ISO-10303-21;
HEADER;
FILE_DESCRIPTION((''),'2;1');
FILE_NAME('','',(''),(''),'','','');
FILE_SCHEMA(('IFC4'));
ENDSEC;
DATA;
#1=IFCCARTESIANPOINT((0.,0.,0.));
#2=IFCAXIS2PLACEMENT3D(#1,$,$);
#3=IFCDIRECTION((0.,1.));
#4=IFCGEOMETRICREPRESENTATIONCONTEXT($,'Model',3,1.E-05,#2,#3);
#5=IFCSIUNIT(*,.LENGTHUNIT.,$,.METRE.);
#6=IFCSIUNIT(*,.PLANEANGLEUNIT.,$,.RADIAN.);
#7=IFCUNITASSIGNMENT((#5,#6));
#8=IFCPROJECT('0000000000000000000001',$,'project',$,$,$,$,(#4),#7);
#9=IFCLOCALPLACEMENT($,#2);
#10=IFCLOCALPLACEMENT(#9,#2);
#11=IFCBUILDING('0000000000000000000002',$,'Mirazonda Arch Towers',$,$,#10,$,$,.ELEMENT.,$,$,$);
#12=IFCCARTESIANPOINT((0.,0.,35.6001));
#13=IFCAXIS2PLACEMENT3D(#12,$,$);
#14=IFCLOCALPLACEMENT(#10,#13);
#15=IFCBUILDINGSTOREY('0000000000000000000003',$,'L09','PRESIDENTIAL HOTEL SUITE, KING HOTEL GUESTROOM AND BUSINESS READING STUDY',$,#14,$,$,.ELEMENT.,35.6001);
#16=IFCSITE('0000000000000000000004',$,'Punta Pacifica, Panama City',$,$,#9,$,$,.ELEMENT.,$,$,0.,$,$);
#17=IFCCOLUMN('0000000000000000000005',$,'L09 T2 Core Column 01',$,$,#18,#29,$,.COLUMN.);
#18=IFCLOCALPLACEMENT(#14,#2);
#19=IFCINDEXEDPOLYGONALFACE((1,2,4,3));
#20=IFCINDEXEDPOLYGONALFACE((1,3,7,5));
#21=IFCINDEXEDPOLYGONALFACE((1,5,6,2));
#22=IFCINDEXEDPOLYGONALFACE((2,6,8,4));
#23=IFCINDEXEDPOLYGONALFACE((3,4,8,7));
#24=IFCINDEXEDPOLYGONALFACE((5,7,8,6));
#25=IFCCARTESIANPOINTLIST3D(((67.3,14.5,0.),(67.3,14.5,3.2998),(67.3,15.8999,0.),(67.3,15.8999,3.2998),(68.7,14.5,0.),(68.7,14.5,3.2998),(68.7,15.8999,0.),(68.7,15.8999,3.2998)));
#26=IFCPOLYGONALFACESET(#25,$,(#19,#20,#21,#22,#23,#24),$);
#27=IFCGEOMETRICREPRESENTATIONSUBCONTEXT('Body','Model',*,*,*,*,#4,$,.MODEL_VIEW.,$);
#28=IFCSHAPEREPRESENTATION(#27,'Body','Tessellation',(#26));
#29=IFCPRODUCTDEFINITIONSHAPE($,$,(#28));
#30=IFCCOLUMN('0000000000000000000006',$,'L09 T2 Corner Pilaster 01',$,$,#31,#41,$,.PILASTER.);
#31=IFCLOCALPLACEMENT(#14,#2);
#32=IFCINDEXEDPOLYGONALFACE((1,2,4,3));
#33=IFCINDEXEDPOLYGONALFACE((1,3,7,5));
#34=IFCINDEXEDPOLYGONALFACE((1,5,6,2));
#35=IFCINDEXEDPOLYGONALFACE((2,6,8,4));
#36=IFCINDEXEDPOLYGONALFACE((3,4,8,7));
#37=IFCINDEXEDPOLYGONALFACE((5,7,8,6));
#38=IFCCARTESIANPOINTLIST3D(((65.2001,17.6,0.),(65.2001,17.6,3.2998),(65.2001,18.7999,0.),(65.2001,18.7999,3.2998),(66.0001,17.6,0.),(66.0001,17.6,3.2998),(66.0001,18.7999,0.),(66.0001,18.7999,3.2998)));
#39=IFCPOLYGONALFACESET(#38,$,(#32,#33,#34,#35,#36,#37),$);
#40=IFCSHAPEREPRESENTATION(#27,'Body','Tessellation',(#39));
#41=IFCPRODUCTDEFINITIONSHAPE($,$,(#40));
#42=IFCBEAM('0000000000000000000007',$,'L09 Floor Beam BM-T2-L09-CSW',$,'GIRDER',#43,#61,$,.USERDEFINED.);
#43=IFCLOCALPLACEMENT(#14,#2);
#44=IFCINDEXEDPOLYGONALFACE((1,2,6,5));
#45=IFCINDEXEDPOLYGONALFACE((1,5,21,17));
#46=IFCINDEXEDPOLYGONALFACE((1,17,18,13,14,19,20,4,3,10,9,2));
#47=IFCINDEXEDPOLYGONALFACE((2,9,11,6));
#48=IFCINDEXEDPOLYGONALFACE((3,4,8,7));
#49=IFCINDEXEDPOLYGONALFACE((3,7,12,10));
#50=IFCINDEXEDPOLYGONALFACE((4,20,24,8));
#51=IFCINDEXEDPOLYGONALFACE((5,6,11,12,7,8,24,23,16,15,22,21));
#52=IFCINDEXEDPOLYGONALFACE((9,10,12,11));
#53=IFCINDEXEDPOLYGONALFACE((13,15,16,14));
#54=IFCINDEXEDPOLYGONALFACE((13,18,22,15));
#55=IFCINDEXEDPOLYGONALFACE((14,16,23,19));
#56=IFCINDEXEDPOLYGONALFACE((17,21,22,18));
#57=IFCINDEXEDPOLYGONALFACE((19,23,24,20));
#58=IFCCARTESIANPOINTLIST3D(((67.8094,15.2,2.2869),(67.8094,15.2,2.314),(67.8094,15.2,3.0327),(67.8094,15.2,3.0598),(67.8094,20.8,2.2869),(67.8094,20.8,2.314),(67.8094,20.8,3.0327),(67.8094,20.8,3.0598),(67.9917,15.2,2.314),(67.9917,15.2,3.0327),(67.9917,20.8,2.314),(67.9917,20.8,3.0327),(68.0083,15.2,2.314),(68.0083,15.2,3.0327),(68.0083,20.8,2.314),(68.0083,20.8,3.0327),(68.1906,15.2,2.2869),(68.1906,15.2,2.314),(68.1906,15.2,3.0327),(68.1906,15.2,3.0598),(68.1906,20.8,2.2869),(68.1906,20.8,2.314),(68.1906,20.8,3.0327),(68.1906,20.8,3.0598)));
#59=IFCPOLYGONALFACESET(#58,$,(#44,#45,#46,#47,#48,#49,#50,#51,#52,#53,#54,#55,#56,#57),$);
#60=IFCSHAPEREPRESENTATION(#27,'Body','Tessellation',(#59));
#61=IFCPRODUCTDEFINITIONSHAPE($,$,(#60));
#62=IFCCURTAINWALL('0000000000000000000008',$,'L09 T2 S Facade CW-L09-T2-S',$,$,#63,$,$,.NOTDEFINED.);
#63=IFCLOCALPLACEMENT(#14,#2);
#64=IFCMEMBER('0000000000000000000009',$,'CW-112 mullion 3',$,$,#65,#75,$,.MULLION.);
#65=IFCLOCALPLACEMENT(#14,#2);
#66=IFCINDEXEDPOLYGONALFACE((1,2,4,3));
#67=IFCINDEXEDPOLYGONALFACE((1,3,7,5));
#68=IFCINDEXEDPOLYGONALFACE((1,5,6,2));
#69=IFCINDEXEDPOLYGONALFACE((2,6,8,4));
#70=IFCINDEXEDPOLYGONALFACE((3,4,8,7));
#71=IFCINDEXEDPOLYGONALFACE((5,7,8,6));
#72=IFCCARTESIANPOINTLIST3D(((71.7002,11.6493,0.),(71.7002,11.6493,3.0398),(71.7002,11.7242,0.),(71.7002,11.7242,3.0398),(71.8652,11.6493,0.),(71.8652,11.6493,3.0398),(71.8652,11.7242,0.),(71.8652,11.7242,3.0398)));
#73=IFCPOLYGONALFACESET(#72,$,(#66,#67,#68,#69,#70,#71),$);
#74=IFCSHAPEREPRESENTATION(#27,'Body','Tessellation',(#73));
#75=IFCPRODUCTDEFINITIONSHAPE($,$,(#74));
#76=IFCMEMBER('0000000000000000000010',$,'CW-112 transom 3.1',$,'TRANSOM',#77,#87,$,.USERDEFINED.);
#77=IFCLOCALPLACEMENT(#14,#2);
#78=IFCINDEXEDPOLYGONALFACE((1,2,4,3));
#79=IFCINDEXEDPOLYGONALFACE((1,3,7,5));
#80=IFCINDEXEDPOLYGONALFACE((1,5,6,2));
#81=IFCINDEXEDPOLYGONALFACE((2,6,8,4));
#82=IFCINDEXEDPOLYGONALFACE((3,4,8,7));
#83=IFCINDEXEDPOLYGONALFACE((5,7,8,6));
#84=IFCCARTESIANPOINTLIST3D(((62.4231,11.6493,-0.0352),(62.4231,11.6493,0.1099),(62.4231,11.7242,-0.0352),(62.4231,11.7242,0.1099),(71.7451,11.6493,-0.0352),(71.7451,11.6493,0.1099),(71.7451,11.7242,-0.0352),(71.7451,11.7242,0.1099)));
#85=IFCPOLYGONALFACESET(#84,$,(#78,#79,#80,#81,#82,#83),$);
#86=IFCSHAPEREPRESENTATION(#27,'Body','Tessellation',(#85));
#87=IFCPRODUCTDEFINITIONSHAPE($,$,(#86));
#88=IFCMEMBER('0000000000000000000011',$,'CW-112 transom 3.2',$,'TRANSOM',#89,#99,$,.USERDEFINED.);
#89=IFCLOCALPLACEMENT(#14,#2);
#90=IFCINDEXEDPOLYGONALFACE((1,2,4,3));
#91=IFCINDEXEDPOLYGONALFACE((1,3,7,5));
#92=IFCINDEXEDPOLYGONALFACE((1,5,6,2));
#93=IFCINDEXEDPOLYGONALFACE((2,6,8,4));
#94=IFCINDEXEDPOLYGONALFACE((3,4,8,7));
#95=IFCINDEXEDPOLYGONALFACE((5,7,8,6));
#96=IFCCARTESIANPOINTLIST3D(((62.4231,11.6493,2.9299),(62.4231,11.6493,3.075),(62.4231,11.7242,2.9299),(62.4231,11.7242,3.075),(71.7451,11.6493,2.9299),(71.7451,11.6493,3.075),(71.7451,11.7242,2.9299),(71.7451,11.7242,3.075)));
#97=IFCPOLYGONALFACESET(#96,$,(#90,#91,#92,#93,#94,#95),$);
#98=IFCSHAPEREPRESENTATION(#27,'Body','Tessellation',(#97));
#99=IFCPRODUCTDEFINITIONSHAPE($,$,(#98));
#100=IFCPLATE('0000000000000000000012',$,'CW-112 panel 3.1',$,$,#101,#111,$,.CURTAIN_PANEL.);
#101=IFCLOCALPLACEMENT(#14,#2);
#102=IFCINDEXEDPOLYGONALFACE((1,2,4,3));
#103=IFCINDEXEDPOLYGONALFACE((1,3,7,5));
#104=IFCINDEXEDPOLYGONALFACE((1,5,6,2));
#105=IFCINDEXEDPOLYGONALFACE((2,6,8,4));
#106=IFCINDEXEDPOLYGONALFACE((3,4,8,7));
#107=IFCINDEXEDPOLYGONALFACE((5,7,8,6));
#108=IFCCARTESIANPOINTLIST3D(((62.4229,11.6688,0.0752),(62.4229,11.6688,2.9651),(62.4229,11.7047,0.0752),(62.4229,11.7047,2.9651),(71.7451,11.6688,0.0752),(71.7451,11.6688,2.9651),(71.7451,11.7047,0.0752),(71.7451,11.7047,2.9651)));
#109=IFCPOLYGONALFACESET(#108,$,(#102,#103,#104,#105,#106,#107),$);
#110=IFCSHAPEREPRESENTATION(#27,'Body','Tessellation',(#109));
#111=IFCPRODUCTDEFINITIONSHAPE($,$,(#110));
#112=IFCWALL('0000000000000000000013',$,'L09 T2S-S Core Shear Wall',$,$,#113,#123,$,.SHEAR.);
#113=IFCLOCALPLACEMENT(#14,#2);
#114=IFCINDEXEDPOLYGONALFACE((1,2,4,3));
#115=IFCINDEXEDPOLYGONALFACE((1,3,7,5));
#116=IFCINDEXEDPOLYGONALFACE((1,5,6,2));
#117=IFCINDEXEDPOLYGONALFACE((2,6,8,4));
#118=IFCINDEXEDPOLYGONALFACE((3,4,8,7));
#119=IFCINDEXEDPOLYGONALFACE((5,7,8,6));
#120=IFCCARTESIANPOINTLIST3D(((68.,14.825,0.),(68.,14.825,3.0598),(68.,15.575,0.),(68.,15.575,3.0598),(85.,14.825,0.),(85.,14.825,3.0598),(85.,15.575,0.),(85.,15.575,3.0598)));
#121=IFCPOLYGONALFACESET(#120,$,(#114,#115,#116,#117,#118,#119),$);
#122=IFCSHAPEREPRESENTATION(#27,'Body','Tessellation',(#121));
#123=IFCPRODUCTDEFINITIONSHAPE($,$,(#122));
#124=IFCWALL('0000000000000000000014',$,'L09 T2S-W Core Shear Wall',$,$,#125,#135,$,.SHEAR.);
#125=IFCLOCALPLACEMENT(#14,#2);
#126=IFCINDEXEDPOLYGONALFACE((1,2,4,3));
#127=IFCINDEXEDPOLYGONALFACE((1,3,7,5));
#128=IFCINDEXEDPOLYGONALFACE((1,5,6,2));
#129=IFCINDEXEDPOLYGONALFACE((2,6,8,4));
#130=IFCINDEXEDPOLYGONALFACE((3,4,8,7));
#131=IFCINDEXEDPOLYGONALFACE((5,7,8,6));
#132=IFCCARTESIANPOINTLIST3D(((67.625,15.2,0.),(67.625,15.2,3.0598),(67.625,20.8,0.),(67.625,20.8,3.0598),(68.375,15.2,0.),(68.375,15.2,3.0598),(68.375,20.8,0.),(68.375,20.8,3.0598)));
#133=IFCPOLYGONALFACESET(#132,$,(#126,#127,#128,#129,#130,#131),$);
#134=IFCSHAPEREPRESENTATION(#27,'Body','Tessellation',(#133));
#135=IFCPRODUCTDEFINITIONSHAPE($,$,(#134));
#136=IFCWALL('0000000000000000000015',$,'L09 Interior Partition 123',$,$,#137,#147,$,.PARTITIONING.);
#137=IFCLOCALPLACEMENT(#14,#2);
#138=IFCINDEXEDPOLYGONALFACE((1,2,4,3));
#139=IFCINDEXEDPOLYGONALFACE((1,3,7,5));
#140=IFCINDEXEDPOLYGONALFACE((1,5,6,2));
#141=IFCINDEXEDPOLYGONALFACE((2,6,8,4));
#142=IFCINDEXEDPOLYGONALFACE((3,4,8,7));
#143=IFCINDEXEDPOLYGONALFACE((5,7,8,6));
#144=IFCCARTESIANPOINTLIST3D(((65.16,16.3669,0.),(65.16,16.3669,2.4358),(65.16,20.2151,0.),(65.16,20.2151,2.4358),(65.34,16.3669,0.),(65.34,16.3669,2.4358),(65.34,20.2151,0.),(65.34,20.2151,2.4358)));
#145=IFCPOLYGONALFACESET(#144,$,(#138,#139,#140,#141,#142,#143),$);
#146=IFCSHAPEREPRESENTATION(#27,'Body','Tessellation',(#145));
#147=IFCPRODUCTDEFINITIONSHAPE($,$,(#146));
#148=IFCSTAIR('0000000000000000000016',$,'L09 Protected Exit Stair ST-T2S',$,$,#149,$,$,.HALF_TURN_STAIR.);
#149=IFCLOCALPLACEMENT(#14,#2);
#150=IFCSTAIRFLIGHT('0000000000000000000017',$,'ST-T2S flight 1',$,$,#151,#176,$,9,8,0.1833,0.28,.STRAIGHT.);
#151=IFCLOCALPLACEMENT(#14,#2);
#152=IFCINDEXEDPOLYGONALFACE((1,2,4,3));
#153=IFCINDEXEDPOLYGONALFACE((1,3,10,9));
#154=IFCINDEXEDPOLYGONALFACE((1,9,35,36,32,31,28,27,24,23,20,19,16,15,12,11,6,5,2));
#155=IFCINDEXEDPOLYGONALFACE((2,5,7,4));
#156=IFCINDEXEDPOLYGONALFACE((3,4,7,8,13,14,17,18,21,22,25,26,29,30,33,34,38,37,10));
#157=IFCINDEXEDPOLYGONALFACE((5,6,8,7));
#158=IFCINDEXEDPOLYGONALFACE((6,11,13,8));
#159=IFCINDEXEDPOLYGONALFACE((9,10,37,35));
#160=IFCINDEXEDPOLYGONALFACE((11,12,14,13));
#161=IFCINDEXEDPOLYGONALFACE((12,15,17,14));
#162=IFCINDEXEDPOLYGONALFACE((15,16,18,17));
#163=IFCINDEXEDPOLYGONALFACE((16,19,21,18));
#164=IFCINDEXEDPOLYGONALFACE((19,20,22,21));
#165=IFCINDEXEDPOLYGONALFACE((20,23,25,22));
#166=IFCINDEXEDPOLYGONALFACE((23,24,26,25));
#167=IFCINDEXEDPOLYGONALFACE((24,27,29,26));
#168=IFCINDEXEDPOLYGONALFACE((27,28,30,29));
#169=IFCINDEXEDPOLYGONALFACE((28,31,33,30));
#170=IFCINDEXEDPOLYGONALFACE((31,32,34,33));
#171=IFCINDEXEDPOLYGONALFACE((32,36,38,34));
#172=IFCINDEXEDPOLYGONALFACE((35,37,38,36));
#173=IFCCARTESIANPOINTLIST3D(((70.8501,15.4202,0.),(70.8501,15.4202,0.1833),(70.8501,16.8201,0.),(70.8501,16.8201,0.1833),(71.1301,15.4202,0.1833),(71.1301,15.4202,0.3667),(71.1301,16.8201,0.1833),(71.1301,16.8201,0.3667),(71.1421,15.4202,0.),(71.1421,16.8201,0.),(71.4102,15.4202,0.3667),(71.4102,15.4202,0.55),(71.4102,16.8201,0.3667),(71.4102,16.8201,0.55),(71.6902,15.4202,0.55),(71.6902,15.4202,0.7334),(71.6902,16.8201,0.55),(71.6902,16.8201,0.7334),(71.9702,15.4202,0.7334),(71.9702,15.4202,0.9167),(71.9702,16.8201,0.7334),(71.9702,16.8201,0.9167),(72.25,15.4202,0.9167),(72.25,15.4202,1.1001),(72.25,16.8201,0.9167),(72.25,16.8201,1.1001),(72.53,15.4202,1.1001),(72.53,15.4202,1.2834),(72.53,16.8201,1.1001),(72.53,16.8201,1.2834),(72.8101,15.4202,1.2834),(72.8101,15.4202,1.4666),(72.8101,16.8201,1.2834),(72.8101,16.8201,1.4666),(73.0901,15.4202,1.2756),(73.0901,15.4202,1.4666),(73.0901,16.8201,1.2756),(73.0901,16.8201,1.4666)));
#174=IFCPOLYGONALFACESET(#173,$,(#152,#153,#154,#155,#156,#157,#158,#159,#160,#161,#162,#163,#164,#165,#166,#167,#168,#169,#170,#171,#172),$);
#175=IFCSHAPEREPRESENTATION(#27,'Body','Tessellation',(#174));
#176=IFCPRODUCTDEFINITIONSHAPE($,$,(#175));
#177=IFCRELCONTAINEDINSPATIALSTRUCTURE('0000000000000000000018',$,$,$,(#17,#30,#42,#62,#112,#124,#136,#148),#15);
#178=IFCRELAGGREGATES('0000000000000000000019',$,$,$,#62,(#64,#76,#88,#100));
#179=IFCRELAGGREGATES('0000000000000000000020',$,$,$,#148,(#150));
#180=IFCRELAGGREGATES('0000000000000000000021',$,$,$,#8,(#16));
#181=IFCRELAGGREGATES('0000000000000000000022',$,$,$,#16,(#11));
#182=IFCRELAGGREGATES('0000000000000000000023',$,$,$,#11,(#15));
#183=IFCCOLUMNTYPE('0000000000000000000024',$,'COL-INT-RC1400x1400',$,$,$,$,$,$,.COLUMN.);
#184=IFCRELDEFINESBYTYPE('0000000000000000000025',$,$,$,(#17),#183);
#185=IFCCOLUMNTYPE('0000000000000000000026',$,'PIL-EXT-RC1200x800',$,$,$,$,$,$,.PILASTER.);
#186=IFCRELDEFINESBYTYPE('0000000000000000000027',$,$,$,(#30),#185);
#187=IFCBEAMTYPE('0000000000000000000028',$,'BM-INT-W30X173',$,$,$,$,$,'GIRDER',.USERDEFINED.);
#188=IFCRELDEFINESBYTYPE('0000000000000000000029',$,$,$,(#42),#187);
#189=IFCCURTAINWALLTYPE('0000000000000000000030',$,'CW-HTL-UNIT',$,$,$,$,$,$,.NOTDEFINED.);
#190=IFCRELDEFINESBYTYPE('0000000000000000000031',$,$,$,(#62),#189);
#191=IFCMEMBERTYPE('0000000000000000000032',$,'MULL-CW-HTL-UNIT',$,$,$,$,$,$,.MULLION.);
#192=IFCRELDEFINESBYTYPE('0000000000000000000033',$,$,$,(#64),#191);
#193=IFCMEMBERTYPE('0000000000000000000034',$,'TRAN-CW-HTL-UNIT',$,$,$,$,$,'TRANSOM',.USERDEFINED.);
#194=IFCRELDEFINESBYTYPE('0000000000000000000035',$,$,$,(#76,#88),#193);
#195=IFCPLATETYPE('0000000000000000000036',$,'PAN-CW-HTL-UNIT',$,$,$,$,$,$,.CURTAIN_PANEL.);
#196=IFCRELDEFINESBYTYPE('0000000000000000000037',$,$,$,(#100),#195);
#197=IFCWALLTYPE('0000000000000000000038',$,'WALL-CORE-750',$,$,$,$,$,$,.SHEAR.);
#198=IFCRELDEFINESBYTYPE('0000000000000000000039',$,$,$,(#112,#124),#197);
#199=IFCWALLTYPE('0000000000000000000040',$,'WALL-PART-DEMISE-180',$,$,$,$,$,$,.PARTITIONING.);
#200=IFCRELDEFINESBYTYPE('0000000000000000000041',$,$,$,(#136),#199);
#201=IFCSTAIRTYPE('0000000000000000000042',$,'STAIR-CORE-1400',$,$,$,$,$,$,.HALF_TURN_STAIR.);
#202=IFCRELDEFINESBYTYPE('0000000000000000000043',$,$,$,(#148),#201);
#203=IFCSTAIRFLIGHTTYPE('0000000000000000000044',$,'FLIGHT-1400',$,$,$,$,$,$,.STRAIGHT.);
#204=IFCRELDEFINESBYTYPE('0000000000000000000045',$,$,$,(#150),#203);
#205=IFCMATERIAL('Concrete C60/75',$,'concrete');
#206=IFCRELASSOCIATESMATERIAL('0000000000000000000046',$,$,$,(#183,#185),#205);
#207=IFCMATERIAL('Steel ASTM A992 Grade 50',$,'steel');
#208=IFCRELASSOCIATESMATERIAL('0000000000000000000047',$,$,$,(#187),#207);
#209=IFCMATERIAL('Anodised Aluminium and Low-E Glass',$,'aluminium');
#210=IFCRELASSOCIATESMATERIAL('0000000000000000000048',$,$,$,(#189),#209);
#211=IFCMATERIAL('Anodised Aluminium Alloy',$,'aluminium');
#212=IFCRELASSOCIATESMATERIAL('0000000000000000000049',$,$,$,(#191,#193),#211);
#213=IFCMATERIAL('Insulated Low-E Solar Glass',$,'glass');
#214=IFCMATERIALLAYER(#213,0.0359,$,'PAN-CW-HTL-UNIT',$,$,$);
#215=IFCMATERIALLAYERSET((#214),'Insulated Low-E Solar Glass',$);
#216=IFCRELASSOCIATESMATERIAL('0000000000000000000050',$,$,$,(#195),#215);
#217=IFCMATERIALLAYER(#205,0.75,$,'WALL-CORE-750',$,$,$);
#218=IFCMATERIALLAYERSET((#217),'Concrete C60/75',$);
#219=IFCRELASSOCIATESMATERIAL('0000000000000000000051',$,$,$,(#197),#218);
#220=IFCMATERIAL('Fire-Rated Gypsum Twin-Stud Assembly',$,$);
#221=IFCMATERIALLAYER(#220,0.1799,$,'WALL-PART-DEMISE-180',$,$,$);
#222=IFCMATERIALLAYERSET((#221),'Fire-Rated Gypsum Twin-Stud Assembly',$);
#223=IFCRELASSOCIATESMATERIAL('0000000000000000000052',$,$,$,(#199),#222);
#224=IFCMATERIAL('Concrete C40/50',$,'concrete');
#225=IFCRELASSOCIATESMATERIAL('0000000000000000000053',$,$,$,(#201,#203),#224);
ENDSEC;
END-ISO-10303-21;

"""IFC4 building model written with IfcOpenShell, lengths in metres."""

from ifc_helpers import new_model, si_unit, direction, frame, frame_2d, origin, origin_2d, place, context, subcontext, project, spatial, polyline, rectangle, i_section, outline, extrude, material, layer, layer_set, material_profile, profile_set, type_object, element, aggregate, save


model = new_model("IFC4")

# Units and contexts
model_context = context("Model", 3, precision=1e-05, world=origin(), true_north=direction((0.0, 1.0)))
body_context = subcontext(model_context, "Body", "Model", "MODEL_VIEW")
ifc_project = project(units=[si_unit("LENGTHUNIT", "METRE"), si_unit("PLANEANGLEUNIT", "RADIAN")], contexts=[model_context])

# Site, building, storey
site_placement = place(None, origin())
site = spatial("IfcSite", under=ifc_project, at=site_placement, Name="Punta Pacifica, Panama City", CompositionType="ELEMENT", RefElevation=0.0)
building_placement = place(site_placement, origin())
building = spatial("IfcBuilding", under=site, at=building_placement, Name="Mirazonda Arch Towers", CompositionType="ELEMENT")
storey_placement = place(building_placement, frame((0.0, 0.0, 35.6001)))
storey = spatial("IfcBuildingStorey", under=building, at=storey_placement, Name="L09", Description="PRESIDENTIAL HOTEL SUITE, KING HOTEL GUESTROOM AND BUSINESS READING STUDY", CompositionType="ELEMENT", Elevation=35.6001)

# Columns
ifc_material_1 = material(Name="Concrete C60/75", Category="concrete")
ifc_material_profile_1 = material_profile(ifc_material_1, rectangle(XDim=1.3999, YDim=1.3999, at=origin_2d()), Name="RC1400x1400")
ifc_profile_set_1 = profile_set([ifc_material_profile_1], Name="Concrete C60/75")
column_type_1 = type_object("IfcColumnType", Name="COL-INT-RC1400x1400", PredefinedType="COLUMN", material=ifc_profile_set_1)
column_1_placement = place(storey_placement, frame((68.0, 15.2, 0.0), z_axis=(0.0, 0.0, 1.0), x_axis=(1.0, 0.0, 0.0)))
element("IfcColumn", 1, at=column_1_placement, inside=storey, type_object=column_type_1, Name="L09 T2 Core Column 01", PredefinedType="COLUMN", context=body_context, shape_type="SweptSolid", body=[
    extrude(rectangle(XDim=1.3999, YDim=1.3999, at=origin_2d()), origin(), (0.0, 0.0, 1.0), 3.2998),
])
ifc_material_profile_2 = material_profile(ifc_material_1, rectangle(XDim=0.8, YDim=1.2, at=origin_2d()), Name="RC1200x800")
ifc_profile_set_2 = profile_set([ifc_material_profile_2], Name="Concrete C60/75")
column_type_2 = type_object("IfcColumnType", Name="PIL-EXT-RC1200x800", PredefinedType="PILASTER", material=ifc_profile_set_2)
column_2_placement = place(storey_placement, frame((65.6001, 18.2, 0.0), z_axis=(0.0, 0.0, 1.0), x_axis=(1.0, 0.0, 0.0)))
element("IfcColumn", 2, at=column_2_placement, inside=storey, type_object=column_type_2, Name="L09 T2 Corner Pilaster 01", PredefinedType="PILASTER", context=body_context, shape_type="SweptSolid", body=[
    extrude(rectangle(XDim=0.8, YDim=1.2, at=origin_2d()), origin(), (0.0, 0.0, 1.0), 3.2998),
])

# Beam
ifc_material_2 = material(Name="Steel ASTM A992 Grade 50", Category="steel")
ifc_material_profile_3 = material_profile(ifc_material_2, i_section(OverallWidth=0.3811, OverallDepth=0.7729, WebThickness=0.0166, FlangeThickness=0.0271, at=origin_2d()), Name="W30X173")
ifc_profile_set_3 = profile_set([ifc_material_profile_3], Name="Steel ASTM A992 Grade 50")
beam_type = type_object("IfcBeamType", Name="BM-INT-W30X173", ElementType="GIRDER", PredefinedType="USERDEFINED", material=ifc_profile_set_3)
beam_placement = place(storey_placement, frame((68.0, 15.2, 2.6733), z_axis=(0.0, 1.0, 0.0), x_axis=(-1.0, 0.0, 0.0)))
element("IfcBeam", 3, at=beam_placement, inside=storey, type_object=beam_type, Name="L09 Floor Beam BM-T2-L09-CSW", ObjectType="GIRDER", PredefinedType="USERDEFINED", context=body_context, shape_type="SweptSolid", body=[
    extrude(i_section(OverallWidth=0.3811, OverallDepth=0.7729, WebThickness=0.0166, FlangeThickness=0.0271, at=origin_2d()), origin(), (0.0, 0.0, 1.0), 5.6001),
])

# Curtain wall, members, plate
ifc_material_3 = material(Name="Anodised Aluminium and Low-E Glass", Category="aluminium")
curtain_wall_type = type_object("IfcCurtainWallType", Name="CW-HTL-UNIT", PredefinedType="NOTDEFINED", material=ifc_material_3)
curtain_wall_placement = place(storey_placement, origin())
curtain_wall = element("IfcCurtainWall", 4, at=curtain_wall_placement, inside=storey, type_object=curtain_wall_type, Name="L09 T2 S Facade CW-L09-T2-S", PredefinedType="NOTDEFINED")
ifc_material_4 = material(Name="Anodised Aluminium Alloy", Category="aluminium")
ifc_material_profile_4 = material_profile(ifc_material_4, rectangle(XDim=0.075, YDim=0.165, at=origin_2d()), Name="ALU-MULL-75x165")
ifc_profile_set_4 = profile_set([ifc_material_profile_4], Name="Anodised Aluminium Alloy")
member_type_1 = type_object("IfcMemberType", Name="MULL-CW-HTL-UNIT", PredefinedType="MULLION", material=ifc_profile_set_4)
member_1_placement = place(storey_placement, frame((71.7827, 11.6868, 0.0), z_axis=(0.0, 0.0, 1.0), x_axis=(0.0, -1.0, 0.0)))
member_1 = element("IfcMember", 5, at=member_1_placement, type_object=member_type_1, Name="CW-112 mullion 3", PredefinedType="MULLION", context=body_context, shape_type="SweptSolid", body=[
    extrude(rectangle(XDim=0.075, YDim=0.165, at=origin_2d()), origin(), (0.0, 0.0, 1.0), 3.0398),
])
ifc_material_profile_5 = material_profile(ifc_material_4, rectangle(XDim=0.075, YDim=0.145, at=origin_2d()), Name="ALU-TRAN-75x145")
ifc_profile_set_5 = profile_set([ifc_material_profile_5], Name="Anodised Aluminium Alloy")
member_type_2 = type_object("IfcMemberType", Name="TRAN-CW-HTL-UNIT", ElementType="TRANSOM", PredefinedType="USERDEFINED", material=ifc_profile_set_5)
member_2_placement = place(storey_placement, frame((71.7451, 11.6868, 0.0374), z_axis=(-1.0, 0.0, 0.0), x_axis=(0.0, -1.0, 0.0)))
member_2 = element("IfcMember", 6, at=member_2_placement, type_object=member_type_2, Name="CW-112 transom 3.1", ObjectType="TRANSOM", PredefinedType="USERDEFINED", context=body_context, shape_type="SweptSolid", body=[
    extrude(rectangle(XDim=0.075, YDim=0.145, at=origin_2d()), origin(), (0.0, 0.0, 1.0), 9.322),
])
member_3_placement = place(storey_placement, frame((71.7451, 11.6868, 3.0024), z_axis=(-1.0, 0.0, 0.0), x_axis=(0.0, -1.0, 0.0)))
member_3 = element("IfcMember", 7, at=member_3_placement, type_object=member_type_2, Name="CW-112 transom 3.2", ObjectType="TRANSOM", PredefinedType="USERDEFINED", context=body_context, shape_type="SweptSolid", body=[
    extrude(rectangle(XDim=0.075, YDim=0.145, at=origin_2d()), origin(), (0.0, 0.0, 1.0), 9.322),
])
ifc_material_5 = material(Name="Insulated Low-E Solar Glass", Category="glass")
ifc_layer_1 = layer(ifc_material_5, 0.0359, Name="PAN-CW-HTL-UNIT")
ifc_layer_set_1 = layer_set([ifc_layer_1], Name="Insulated Low-E Solar Glass")
plate_type = type_object("IfcPlateType", Name="PAN-CW-HTL-UNIT", PredefinedType="CURTAIN_PANEL", material=ifc_layer_set_1)
plate_placement = place(storey_placement, frame((67.084, 11.6868, 0.0752), z_axis=(0.0, 0.0, 1.0), x_axis=(-1.0, 0.0, 0.0)))
plate = element("IfcPlate", 8, at=plate_placement, type_object=plate_type, Name="CW-112 panel 3.1", PredefinedType="CURTAIN_PANEL", context=body_context, shape_type="SweptSolid", body=[
    extrude(rectangle(XDim=9.3223, YDim=0.0359, at=origin_2d()), origin(), (0.0, 0.0, 1.0), 2.8899),
])
aggregate(curtain_wall, [member_1, member_2, member_3, plate])

# Walls
ifc_layer_2 = layer(ifc_material_1, 0.75, Name="WALL-CORE-750")
ifc_layer_set_2 = layer_set([ifc_layer_2], Name="Concrete C60/75")
wall_type_1 = type_object("IfcWallType", Name="WALL-CORE-750", PredefinedType="SHEAR", material=ifc_layer_set_2)
wall_1_placement = place(storey_placement, frame((68.0, 15.2, 0.0), z_axis=(0.0, 0.0, 1.0), x_axis=(1.0, 0.0, 0.0)))
element("IfcWall", 9, at=wall_1_placement, inside=storey, type_object=wall_type_1, Name="L09 T2S-S Core Shear Wall", PredefinedType="SHEAR", context=body_context, shape_type="SweptSolid", body=[
    extrude(rectangle(XDim=17.0, YDim=0.75, at=frame_2d((8.5, 0.0))), origin(), (0.0, 0.0, 1.0), 3.0598),
])
wall_2_placement = place(storey_placement, frame((68.0, 15.2, 0.0), z_axis=(0.0, 0.0, 1.0), x_axis=(0.0, 1.0, 0.0)))
element("IfcWall", 10, at=wall_2_placement, inside=storey, type_object=wall_type_1, Name="L09 T2S-W Core Shear Wall", PredefinedType="SHEAR", context=body_context, shape_type="SweptSolid", body=[
    extrude(rectangle(XDim=5.6001, YDim=0.75, at=frame_2d((2.8, 0.0))), origin(), (0.0, 0.0, 1.0), 3.0598),
])
ifc_material_6 = material(Name="Fire-Rated Gypsum Twin-Stud Assembly")
ifc_layer_3 = layer(ifc_material_6, 0.1799, Name="WALL-PART-DEMISE-180")
ifc_layer_set_3 = layer_set([ifc_layer_3], Name="Fire-Rated Gypsum Twin-Stud Assembly")
wall_type_2 = type_object("IfcWallType", Name="WALL-PART-DEMISE-180", PredefinedType="PARTITIONING", material=ifc_layer_set_3)
wall_3_placement = place(storey_placement, frame((65.25, 16.3669, 0.0), z_axis=(0.0, 0.0, 1.0), x_axis=(0.0, 1.0, 0.0)))
element("IfcWall", 11, at=wall_3_placement, inside=storey, type_object=wall_type_2, Name="L09 Interior Partition 123", PredefinedType="PARTITIONING", context=body_context, shape_type="SweptSolid", body=[
    extrude(rectangle(XDim=3.8481, YDim=0.1799, at=frame_2d((1.9241, 0.0))), origin(), (0.0, 0.0, 1.0), 2.4358),
])

# Stair, stair flight
ifc_material_7 = material(Name="Concrete C40/50", Category="concrete")
stair_type = type_object("IfcStairType", Name="STAIR-CORE-1400", PredefinedType="HALF_TURN_STAIR", material=ifc_material_7)
stair_placement = place(storey_placement, origin())
stair = element("IfcStair", 12, at=stair_placement, inside=storey, type_object=stair_type, Name="L09 Protected Exit Stair ST-T2S", PredefinedType="HALF_TURN_STAIR")
stair_flight_type = type_object("IfcStairFlightType", Name="FLIGHT-1400", PredefinedType="STRAIGHT", material=ifc_material_7)
stair_flight_placement = place(storey_placement, frame((70.8501, 16.1201, 0.0), z_axis=(0.0, 0.0, 1.0), x_axis=(1.0, 0.0, 0.0)))
stair_flight = element("IfcStairFlight", 13, at=stair_flight_placement, type_object=stair_flight_type, Name="ST-T2S flight 1", NumberOfRisers=9, NumberOfTreads=8, PredefinedType="STRAIGHT", RiserHeight=0.1833, TreadLength=0.28, context=body_context, shape_type="SweptSolid", body=[
    extrude(outline(polyline([(0.0, 0.0), (0.0, 0.1833), (0.28, 0.1833), (0.28, 0.3667), (0.5601, 0.3667), (0.5601, 0.55), (0.8401, 0.55), (0.8401, 0.7334), (1.1201, 0.7334), (1.1201, 0.9167), (1.3999, 0.9167), (1.3999, 1.1001), (1.6799, 1.1001), (1.6799, 1.2834), (1.96, 1.2834), (1.96, 1.4666), (2.24, 1.4666), (2.24, 1.6499), (2.24, 1.2756), (0.292, 0.0), (0.0, 0.0)])), frame((0.0, 0.7, 0.0), z_axis=(0.0, -1.0, 0.0), x_axis=(1.0, 0.0, 0.0)), (0.0, 0.0, 1.0), 1.3999),
])
aggregate(stair, [stair_flight])

save(model, "model.ifc")
